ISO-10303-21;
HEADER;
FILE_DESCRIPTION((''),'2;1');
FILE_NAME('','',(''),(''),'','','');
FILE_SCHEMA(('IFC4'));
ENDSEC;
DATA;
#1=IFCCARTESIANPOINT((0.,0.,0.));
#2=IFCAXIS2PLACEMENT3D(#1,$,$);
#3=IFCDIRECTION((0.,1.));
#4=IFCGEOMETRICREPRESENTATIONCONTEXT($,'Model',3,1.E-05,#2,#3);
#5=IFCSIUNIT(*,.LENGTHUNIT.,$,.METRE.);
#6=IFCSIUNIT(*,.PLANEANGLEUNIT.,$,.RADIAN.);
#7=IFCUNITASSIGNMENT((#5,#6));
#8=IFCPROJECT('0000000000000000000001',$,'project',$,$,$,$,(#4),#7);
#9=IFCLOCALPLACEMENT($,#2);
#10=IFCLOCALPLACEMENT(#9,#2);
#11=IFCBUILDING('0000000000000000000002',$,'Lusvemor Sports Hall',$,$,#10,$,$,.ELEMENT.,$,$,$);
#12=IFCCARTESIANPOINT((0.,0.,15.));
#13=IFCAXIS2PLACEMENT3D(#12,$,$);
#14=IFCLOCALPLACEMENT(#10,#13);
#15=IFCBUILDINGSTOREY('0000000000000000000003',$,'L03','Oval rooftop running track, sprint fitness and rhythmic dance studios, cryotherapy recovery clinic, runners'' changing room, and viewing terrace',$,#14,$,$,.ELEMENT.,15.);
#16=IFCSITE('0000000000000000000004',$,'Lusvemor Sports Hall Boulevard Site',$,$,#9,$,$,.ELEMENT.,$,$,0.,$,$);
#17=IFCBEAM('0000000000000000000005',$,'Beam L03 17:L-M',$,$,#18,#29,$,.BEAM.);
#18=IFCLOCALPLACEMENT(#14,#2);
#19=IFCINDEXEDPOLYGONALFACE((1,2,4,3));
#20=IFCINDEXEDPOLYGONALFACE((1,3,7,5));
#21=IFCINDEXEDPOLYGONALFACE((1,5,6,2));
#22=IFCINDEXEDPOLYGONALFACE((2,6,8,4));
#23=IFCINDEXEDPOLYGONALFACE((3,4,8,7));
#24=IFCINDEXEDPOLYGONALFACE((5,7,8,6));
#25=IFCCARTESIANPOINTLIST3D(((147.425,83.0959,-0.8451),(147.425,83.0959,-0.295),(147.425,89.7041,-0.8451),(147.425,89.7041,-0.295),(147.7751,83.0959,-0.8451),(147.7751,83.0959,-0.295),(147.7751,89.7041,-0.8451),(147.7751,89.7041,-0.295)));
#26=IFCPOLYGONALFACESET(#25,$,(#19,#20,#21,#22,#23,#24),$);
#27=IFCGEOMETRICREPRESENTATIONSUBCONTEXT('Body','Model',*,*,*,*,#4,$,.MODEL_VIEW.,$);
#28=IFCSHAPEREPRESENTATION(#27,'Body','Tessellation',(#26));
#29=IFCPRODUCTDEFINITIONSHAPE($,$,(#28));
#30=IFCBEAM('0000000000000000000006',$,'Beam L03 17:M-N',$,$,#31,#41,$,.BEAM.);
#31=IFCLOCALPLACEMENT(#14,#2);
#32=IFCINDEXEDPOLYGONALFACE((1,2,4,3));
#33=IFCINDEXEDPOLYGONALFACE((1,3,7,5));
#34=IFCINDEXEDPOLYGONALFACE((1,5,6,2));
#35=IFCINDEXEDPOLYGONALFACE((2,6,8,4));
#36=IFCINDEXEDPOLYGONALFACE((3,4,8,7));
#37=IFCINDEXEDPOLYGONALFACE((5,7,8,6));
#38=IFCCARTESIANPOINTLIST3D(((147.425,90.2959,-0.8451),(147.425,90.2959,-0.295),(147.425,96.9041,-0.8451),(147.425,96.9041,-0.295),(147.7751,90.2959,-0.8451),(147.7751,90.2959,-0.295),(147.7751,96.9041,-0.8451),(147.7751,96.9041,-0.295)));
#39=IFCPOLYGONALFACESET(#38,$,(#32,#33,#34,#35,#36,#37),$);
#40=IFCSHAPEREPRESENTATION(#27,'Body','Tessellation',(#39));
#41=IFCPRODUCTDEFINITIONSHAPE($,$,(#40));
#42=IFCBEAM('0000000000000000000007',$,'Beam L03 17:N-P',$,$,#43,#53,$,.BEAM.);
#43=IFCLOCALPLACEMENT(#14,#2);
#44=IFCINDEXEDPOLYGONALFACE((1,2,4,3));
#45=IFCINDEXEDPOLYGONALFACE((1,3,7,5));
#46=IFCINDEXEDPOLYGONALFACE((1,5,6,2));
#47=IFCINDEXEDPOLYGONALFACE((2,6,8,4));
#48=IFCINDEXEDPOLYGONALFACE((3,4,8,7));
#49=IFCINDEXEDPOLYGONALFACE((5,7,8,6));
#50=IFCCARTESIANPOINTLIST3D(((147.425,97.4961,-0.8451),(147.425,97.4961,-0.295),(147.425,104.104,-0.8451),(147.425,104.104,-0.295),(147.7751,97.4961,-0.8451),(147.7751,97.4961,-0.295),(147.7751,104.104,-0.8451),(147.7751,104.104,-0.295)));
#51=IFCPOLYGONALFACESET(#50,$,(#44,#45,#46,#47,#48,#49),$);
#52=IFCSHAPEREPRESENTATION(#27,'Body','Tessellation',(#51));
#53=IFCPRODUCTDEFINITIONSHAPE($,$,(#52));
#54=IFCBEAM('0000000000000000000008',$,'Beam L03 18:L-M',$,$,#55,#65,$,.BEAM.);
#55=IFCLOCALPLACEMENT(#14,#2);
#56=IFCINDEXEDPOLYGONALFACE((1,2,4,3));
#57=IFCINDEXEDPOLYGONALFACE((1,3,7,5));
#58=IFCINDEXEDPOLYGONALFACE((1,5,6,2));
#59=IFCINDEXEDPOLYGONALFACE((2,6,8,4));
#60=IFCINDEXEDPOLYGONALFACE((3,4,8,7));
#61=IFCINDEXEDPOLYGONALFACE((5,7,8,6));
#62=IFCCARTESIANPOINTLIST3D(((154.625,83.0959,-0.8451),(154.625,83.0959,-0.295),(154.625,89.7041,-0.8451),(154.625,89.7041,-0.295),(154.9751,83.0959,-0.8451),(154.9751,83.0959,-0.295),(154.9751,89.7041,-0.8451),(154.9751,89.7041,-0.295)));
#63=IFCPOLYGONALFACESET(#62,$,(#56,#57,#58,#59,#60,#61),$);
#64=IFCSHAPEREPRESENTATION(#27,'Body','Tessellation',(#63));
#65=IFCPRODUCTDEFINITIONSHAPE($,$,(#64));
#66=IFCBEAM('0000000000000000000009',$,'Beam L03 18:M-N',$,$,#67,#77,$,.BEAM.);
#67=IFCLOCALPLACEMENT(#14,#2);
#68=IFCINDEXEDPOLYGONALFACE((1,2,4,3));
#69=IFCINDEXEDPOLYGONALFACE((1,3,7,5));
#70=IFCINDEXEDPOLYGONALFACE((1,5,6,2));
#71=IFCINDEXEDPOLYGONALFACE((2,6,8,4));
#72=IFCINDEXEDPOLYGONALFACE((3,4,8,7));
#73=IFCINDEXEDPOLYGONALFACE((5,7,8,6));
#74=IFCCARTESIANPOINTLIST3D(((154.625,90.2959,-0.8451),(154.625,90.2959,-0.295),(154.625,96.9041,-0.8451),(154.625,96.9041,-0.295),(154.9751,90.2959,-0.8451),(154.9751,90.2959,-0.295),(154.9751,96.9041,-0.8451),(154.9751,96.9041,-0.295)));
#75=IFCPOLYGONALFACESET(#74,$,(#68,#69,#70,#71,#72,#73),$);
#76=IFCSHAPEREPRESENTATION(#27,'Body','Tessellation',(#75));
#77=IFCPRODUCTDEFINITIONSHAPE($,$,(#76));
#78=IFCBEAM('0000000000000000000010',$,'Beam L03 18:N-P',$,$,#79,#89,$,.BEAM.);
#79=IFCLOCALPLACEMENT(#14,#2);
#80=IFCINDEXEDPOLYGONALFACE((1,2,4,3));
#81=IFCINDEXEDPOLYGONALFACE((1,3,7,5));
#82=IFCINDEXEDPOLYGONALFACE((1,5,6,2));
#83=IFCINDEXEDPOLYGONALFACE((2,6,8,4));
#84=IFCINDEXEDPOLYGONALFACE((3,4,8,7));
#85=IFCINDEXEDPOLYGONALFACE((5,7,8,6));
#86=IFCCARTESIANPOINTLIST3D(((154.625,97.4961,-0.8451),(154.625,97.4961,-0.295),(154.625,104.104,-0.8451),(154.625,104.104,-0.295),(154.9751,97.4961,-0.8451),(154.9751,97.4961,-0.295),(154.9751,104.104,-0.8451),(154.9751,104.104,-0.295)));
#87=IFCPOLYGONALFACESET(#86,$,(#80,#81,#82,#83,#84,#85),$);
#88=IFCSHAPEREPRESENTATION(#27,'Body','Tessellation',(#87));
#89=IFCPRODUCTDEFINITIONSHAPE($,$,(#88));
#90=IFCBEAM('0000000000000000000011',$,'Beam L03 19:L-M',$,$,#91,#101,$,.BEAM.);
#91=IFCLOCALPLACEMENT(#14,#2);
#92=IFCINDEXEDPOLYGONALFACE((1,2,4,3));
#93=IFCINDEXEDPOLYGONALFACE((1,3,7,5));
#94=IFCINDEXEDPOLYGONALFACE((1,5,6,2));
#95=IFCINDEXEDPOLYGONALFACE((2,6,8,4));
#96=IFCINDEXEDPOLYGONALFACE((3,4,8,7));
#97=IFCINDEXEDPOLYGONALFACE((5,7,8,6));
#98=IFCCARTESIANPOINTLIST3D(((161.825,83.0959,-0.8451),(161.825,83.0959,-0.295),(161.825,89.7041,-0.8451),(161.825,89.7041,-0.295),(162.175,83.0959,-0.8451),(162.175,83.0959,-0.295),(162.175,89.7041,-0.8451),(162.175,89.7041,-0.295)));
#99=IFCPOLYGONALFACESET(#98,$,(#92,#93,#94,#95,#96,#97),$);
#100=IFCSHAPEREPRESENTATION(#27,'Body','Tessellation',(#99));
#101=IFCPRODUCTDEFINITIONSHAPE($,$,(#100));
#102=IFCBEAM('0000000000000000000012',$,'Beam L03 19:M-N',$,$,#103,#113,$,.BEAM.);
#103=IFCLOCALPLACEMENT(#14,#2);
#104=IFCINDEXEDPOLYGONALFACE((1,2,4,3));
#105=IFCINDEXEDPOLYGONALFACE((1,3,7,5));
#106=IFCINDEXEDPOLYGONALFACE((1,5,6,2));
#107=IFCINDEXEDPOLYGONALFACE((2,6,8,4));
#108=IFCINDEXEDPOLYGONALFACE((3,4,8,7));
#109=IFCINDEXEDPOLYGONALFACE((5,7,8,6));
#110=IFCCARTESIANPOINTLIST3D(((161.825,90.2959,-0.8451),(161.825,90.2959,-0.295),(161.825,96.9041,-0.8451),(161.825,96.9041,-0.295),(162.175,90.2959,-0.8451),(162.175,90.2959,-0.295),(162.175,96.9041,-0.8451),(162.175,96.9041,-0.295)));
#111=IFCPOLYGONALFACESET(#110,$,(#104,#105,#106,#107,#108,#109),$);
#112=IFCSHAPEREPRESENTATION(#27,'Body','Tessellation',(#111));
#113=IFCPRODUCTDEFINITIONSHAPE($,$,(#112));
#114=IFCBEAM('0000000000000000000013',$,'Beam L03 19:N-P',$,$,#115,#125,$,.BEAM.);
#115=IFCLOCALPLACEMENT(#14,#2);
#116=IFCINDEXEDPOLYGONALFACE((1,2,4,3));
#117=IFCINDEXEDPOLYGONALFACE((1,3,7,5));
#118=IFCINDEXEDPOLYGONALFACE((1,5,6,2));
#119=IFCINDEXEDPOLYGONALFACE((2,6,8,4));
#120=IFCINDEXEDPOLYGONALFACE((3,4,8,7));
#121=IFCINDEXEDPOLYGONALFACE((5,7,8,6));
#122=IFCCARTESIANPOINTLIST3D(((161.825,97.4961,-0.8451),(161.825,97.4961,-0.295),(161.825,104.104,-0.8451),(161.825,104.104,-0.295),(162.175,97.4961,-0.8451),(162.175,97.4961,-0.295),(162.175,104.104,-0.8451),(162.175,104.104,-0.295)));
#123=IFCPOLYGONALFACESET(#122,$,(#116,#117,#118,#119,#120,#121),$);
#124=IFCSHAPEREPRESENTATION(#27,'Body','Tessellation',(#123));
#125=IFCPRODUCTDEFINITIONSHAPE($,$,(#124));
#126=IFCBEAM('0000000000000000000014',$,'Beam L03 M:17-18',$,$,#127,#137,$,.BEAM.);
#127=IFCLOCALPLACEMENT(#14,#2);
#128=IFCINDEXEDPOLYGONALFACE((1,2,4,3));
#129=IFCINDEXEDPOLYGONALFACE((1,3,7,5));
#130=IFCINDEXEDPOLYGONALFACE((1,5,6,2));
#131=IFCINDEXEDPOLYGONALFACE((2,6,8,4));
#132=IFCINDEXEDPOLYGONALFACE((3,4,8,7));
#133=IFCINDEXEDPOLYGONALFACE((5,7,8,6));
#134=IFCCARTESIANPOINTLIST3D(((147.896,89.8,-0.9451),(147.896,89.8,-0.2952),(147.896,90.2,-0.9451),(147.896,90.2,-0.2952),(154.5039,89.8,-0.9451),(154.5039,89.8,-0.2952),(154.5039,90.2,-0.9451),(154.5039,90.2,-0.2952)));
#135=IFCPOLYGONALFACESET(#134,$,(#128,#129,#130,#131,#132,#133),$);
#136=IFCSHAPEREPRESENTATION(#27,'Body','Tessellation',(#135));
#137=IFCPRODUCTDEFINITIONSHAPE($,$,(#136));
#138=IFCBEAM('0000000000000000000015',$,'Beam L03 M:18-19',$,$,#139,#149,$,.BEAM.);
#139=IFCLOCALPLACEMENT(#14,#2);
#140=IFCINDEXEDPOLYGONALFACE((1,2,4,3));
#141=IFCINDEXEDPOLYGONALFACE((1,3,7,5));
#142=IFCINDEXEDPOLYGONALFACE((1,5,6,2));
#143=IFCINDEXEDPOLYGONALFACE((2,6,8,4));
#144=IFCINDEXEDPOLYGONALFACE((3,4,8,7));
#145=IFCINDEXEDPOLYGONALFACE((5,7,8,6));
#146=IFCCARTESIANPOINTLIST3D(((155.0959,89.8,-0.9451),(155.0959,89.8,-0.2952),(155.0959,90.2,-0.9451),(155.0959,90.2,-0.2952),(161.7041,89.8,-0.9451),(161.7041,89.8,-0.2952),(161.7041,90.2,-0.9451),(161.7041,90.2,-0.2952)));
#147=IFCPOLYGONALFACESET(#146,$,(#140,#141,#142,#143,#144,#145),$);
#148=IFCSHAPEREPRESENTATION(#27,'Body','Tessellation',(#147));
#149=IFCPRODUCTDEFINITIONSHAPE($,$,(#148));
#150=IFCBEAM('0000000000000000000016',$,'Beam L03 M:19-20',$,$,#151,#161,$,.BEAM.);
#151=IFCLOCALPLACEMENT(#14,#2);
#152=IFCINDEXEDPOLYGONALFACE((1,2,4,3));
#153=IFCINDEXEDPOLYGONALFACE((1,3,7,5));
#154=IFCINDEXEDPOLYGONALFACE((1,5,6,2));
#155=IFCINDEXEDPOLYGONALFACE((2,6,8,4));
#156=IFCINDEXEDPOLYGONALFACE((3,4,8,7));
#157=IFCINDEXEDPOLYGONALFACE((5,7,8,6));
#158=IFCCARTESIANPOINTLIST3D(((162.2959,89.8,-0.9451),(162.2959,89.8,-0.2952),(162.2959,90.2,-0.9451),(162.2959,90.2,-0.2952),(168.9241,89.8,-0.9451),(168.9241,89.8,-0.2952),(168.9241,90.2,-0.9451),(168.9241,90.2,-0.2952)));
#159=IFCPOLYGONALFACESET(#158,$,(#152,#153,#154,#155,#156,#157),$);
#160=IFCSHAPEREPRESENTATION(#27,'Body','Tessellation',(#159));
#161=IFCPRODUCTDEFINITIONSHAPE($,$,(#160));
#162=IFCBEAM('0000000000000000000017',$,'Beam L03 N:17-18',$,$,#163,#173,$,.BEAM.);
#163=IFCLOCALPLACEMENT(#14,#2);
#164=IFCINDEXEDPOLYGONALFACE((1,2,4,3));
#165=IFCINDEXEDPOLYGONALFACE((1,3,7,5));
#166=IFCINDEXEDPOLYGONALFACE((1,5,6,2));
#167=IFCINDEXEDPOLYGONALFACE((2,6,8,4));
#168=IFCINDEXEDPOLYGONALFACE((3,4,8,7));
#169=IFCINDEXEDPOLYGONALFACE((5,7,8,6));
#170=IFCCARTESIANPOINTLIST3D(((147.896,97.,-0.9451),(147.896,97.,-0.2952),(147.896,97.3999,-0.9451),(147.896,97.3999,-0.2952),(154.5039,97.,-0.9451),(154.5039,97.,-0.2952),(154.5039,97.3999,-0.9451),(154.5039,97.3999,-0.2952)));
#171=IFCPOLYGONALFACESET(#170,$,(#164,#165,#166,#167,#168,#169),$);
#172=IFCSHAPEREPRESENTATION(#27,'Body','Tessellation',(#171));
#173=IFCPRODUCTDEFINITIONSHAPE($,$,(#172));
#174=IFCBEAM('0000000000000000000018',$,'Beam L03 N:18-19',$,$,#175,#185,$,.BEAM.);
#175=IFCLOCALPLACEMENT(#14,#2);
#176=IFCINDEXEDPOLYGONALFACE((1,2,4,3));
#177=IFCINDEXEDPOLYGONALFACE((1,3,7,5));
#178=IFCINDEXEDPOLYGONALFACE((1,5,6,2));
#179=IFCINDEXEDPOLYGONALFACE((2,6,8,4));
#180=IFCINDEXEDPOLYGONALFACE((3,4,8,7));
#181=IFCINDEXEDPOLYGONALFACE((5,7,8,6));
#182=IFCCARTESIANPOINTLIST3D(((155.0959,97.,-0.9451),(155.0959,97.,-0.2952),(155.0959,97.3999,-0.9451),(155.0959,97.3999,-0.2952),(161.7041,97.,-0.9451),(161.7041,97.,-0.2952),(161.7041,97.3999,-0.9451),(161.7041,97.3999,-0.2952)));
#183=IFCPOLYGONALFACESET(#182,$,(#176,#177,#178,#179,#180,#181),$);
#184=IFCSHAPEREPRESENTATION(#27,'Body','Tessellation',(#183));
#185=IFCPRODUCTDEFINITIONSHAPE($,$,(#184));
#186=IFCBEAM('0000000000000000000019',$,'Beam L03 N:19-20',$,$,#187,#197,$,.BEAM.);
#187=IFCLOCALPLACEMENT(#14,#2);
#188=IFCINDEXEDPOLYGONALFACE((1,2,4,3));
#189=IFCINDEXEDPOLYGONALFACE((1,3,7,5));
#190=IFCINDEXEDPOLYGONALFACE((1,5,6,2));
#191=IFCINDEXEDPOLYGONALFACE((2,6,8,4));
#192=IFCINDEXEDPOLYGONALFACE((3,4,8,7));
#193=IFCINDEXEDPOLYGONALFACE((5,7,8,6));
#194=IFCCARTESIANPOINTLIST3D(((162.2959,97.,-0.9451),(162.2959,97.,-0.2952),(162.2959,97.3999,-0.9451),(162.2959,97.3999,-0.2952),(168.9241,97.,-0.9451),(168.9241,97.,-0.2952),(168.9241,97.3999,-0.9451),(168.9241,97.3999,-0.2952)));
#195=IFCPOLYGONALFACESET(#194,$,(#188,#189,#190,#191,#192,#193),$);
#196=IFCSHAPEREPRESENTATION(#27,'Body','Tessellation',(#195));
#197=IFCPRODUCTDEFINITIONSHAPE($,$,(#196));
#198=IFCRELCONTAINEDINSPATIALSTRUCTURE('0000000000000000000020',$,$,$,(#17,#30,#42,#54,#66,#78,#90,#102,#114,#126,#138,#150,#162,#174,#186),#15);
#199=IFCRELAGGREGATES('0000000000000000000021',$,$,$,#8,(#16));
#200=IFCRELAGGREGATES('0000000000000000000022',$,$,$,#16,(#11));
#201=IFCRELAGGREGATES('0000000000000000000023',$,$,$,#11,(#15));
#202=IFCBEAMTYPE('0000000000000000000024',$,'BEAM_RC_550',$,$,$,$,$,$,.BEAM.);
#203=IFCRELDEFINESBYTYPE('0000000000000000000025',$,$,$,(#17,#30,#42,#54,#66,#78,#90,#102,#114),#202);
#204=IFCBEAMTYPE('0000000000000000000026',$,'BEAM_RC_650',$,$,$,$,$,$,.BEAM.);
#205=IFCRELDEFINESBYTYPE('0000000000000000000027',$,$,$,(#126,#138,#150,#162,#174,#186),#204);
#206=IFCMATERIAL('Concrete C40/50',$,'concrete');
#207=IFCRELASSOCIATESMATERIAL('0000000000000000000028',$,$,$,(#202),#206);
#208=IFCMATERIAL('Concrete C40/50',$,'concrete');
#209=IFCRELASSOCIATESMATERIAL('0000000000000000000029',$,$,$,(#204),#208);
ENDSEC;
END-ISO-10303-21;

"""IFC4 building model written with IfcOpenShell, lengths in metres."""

from ifc_helpers import new_model, si_unit, direction, frame, origin, origin_2d, place, context, subcontext, project, spatial, rectangle, extrude, material, material_profile, profile_set, type_object, element, save


model = new_model("IFC4")

# Units and contexts
model_context = context("Model", 3, precision=1e-05, world=origin(), true_north=direction((0.0, 1.0)))
body_context = subcontext(model_context, "Body", "Model", "MODEL_VIEW")
ifc_project = project(units=[si_unit("LENGTHUNIT", "METRE"), si_unit("PLANEANGLEUNIT", "RADIAN")], contexts=[model_context])

# Site, building, storey
site_placement = place(None, origin())
site = spatial("IfcSite", under=ifc_project, at=site_placement, Name="Lusvemor Sports Hall Boulevard Site", CompositionType="ELEMENT", RefElevation=0.0)
building_placement = place(site_placement, origin())
building = spatial("IfcBuilding", under=site, at=building_placement, Name="Lusvemor Sports Hall", CompositionType="ELEMENT")
storey_placement = place(building_placement, frame((0.0, 0.0, 15.0)))
storey = spatial("IfcBuildingStorey", under=building, at=storey_placement, Name="L03", Description="Oval rooftop running track, sprint fitness and rhythmic dance studios, cryotherapy recovery clinic, runners' changing room, and viewing terrace", CompositionType="ELEMENT", Elevation=15.0)

# Beams
ifc_material_1 = material(Name="Concrete C40/50", Category="concrete")
ifc_material_profile_1 = material_profile(ifc_material_1, rectangle(XDim=0.3501, YDim=0.55, at=origin_2d()), Name="RC350x550")
ifc_profile_set_1 = profile_set([ifc_material_profile_1], Name="Concrete C40/50")
beam_type_1 = type_object("IfcBeamType", Name="BEAM_RC_550", PredefinedType="BEAM", material=ifc_profile_set_1)
for number, where, z_axis, x_axis, name in (
    (1, (147.6001, 83.0959, -0.5701), (0.0, 1.0, 0.0), (-1.0, 0.0, 0.0), "Beam L03 17:L-M"),
    (2, (147.6001, 90.2959, -0.5701), (0.0, 1.0, 0.0), (-1.0, 0.0, 0.0), "Beam L03 17:M-N"),
):
    element("IfcBeam", number, at=place(storey_placement, frame(where, z_axis=z_axis, x_axis=x_axis)), inside=storey, type_object=beam_type_1, Name=name, PredefinedType="BEAM", context=body_context, shape_type="SweptSolid", body=[
        extrude(rectangle(XDim=0.3501, YDim=0.55, at=origin_2d()), origin(), (0.0, 0.0, 1.0), 6.6082),
    ])
beam_1_placement = place(storey_placement, frame((147.6001, 97.4961, -0.5701), z_axis=(0.0, 1.0, 0.0), x_axis=(-1.0, 0.0, 0.0)))
element("IfcBeam", 3, at=beam_1_placement, inside=storey, type_object=beam_type_1, Name="Beam L03 17:N-P", PredefinedType="BEAM", context=body_context, shape_type="SweptSolid", body=[
    extrude(rectangle(XDim=0.3501, YDim=0.55, at=origin_2d()), origin(), (0.0, 0.0, 1.0), 6.6079),
])
for number, where, z_axis, x_axis, name in (
    (4, (154.8, 83.0959, -0.5701), (0.0, 1.0, 0.0), (-1.0, 0.0, 0.0), "Beam L03 18:L-M"),
    (5, (154.8, 90.2959, -0.5701), (0.0, 1.0, 0.0), (-1.0, 0.0, 0.0), "Beam L03 18:M-N"),
):
    element("IfcBeam", number, at=place(storey_placement, frame(where, z_axis=z_axis, x_axis=x_axis)), inside=storey, type_object=beam_type_1, Name=name, PredefinedType="BEAM", context=body_context, shape_type="SweptSolid", body=[
        extrude(rectangle(XDim=0.3501, YDim=0.55, at=origin_2d()), origin(), (0.0, 0.0, 1.0), 6.6082),
    ])
beam_2_placement = place(storey_placement, frame((154.8, 97.4961, -0.5701), z_axis=(0.0, 1.0, 0.0), x_axis=(-1.0, 0.0, 0.0)))
element("IfcBeam", 6, at=beam_2_placement, inside=storey, type_object=beam_type_1, Name="Beam L03 18:N-P", PredefinedType="BEAM", context=body_context, shape_type="SweptSolid", body=[
    extrude(rectangle(XDim=0.3501, YDim=0.55, at=origin_2d()), origin(), (0.0, 0.0, 1.0), 6.6079),
])
for number, where, z_axis, x_axis, name in (
    (7, (162.0, 83.0959, -0.5701), (0.0, 1.0, 0.0), (-1.0, 0.0, 0.0), "Beam L03 19:L-M"),
    (8, (162.0, 90.2959, -0.5701), (0.0, 1.0, 0.0), (-1.0, 0.0, 0.0), "Beam L03 19:M-N"),
):
    element("IfcBeam", number, at=place(storey_placement, frame(where, z_axis=z_axis, x_axis=x_axis)), inside=storey, type_object=beam_type_1, Name=name, PredefinedType="BEAM", context=body_context, shape_type="SweptSolid", body=[
        extrude(rectangle(XDim=0.3501, YDim=0.55, at=origin_2d()), origin(), (0.0, 0.0, 1.0), 6.6082),
    ])
beam_3_placement = place(storey_placement, frame((162.0, 97.4961, -0.5701), z_axis=(0.0, 1.0, 0.0), x_axis=(-1.0, 0.0, 0.0)))
element("IfcBeam", 9, at=beam_3_placement, inside=storey, type_object=beam_type_1, Name="Beam L03 19:N-P", PredefinedType="BEAM", context=body_context, shape_type="SweptSolid", body=[
    extrude(rectangle(XDim=0.3501, YDim=0.55, at=origin_2d()), origin(), (0.0, 0.0, 1.0), 6.6079),
])
ifc_material_2 = material(Name="Concrete C40/50", Category="concrete")
ifc_material_profile_2 = material_profile(ifc_material_2, rectangle(XDim=0.3999, YDim=0.6499, at=origin_2d()), Name="RC400x650")
ifc_profile_set_2 = profile_set([ifc_material_profile_2], Name="Concrete C40/50")
beam_type_2 = type_object("IfcBeamType", Name="BEAM_RC_650", PredefinedType="BEAM", material=ifc_profile_set_2)
beam_4_placement = place(storey_placement, frame((147.896, 90.0, -0.6201), z_axis=(1.0, 0.0, 0.0), x_axis=(0.0, 1.0, 0.0)))
element("IfcBeam", 10, at=beam_4_placement, inside=storey, type_object=beam_type_2, Name="Beam L03 M:17-18", PredefinedType="BEAM", context=body_context, shape_type="SweptSolid", body=[
    extrude(rectangle(XDim=0.3999, YDim=0.6499, at=origin_2d()), origin(), (0.0, 0.0, 1.0), 6.6079),
])
beam_5_placement = place(storey_placement, frame((155.0959, 90.0, -0.6201), z_axis=(1.0, 0.0, 0.0), x_axis=(0.0, 1.0, 0.0)))
element("IfcBeam", 11, at=beam_5_placement, inside=storey, type_object=beam_type_2, Name="Beam L03 M:18-19", PredefinedType="BEAM", context=body_context, shape_type="SweptSolid", body=[
    extrude(rectangle(XDim=0.3999, YDim=0.6499, at=origin_2d()), origin(), (0.0, 0.0, 1.0), 6.6082),
])
beam_6_placement = place(storey_placement, frame((162.2959, 90.0, -0.6201), z_axis=(1.0, 0.0, 0.0), x_axis=(0.0, 1.0, 0.0)))
element("IfcBeam", 12, at=beam_6_placement, inside=storey, type_object=beam_type_2, Name="Beam L03 M:19-20", PredefinedType="BEAM", context=body_context, shape_type="SweptSolid", body=[
    extrude(rectangle(XDim=0.3999, YDim=0.6499, at=origin_2d()), origin(), (0.0, 0.0, 1.0), 6.6282),
])
beam_7_placement = place(storey_placement, frame((147.896, 97.2, -0.6201), z_axis=(1.0, 0.0, 0.0), x_axis=(0.0, 1.0, 0.0)))
element("IfcBeam", 13, at=beam_7_placement, inside=storey, type_object=beam_type_2, Name="Beam L03 N:17-18", PredefinedType="BEAM", context=body_context, shape_type="SweptSolid", body=[
    extrude(rectangle(XDim=0.3999, YDim=0.6499, at=origin_2d()), origin(), (0.0, 0.0, 1.0), 6.6079),
])
beam_8_placement = place(storey_placement, frame((155.0959, 97.2, -0.6201), z_axis=(1.0, 0.0, 0.0), x_axis=(0.0, 1.0, 0.0)))
element("IfcBeam", 14, at=beam_8_placement, inside=storey, type_object=beam_type_2, Name="Beam L03 N:18-19", PredefinedType="BEAM", context=body_context, shape_type="SweptSolid", body=[
    extrude(rectangle(XDim=0.3999, YDim=0.6499, at=origin_2d()), origin(), (0.0, 0.0, 1.0), 6.6082),
])
beam_9_placement = place(storey_placement, frame((162.2959, 97.2, -0.6201), z_axis=(1.0, 0.0, 0.0), x_axis=(0.0, 1.0, 0.0)))
element("IfcBeam", 15, at=beam_9_placement, inside=storey, type_object=beam_type_2, Name="Beam L03 N:19-20", PredefinedType="BEAM", context=body_context, shape_type="SweptSolid", body=[
    extrude(rectangle(XDim=0.3999, YDim=0.6499, at=origin_2d()), origin(), (0.0, 0.0, 1.0), 6.6282),
])

save(model, "model.ifc")
